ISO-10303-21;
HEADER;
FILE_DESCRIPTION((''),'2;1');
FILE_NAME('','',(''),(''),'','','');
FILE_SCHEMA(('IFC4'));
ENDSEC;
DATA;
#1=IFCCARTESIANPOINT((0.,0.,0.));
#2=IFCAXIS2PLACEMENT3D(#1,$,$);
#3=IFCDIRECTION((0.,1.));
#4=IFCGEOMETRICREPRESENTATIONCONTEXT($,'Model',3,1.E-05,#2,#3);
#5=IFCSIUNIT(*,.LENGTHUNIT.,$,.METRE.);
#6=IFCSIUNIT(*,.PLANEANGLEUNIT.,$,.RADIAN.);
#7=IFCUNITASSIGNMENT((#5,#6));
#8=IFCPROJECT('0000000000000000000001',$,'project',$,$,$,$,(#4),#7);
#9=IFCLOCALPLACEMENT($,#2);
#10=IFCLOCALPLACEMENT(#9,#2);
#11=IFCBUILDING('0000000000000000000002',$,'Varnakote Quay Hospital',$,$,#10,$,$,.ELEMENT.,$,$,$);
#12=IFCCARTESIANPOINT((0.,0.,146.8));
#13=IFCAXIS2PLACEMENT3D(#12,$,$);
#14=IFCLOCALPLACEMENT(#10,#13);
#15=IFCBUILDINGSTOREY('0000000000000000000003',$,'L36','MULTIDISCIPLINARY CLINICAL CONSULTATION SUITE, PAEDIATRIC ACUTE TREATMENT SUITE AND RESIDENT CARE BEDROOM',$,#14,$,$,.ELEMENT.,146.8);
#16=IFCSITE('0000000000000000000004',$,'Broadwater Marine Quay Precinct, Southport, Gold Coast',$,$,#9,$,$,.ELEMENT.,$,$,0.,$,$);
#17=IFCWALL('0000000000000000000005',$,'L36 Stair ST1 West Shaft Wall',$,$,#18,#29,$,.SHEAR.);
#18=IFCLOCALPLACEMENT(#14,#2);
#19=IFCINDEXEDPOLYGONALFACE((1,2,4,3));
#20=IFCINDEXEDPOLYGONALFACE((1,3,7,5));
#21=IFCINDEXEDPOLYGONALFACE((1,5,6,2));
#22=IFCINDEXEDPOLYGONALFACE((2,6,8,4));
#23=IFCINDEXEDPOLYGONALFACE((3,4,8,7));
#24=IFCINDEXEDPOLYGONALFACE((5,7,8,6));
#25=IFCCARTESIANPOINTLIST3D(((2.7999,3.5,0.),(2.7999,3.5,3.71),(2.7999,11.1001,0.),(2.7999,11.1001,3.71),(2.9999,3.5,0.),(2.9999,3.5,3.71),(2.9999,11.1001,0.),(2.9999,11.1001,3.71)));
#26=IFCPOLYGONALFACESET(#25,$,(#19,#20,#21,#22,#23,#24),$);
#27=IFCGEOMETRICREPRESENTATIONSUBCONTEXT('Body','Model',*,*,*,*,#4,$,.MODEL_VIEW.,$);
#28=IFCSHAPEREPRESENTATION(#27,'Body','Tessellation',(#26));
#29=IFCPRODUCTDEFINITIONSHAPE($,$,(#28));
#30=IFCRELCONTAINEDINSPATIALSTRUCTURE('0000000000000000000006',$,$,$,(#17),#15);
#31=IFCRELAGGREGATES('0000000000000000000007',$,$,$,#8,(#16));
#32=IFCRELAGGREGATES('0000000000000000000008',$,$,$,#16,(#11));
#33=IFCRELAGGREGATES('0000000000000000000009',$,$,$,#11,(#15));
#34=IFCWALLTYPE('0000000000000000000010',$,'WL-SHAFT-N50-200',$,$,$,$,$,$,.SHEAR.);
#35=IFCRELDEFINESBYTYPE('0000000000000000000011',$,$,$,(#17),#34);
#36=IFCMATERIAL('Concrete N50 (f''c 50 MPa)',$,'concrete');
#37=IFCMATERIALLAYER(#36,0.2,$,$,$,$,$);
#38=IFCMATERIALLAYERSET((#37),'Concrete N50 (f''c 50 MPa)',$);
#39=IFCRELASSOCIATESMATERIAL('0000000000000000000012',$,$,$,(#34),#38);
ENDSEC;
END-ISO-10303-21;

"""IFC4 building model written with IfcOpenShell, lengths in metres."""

from ifc_helpers import new_model, si_unit, direction, frame, frame_2d, origin, place, context, subcontext, project, spatial, rectangle, extrude, material, layer, layer_set, type_object, element, save


model = new_model("IFC4")

# Units and contexts
model_context = context("Model", 3, precision=1e-05, world=origin(), true_north=direction((0.0, 1.0)))
body_context = subcontext(model_context, "Body", "Model", "MODEL_VIEW")
ifc_project = project(units=[si_unit("LENGTHUNIT", "METRE"), si_unit("PLANEANGLEUNIT", "RADIAN")], contexts=[model_context])

# Site, building, storey
site_placement = place(None, origin())
site = spatial("IfcSite", under=ifc_project, at=site_placement, Name="Broadwater Marine Quay Precinct, Southport, Gold Coast", CompositionType="ELEMENT", RefElevation=0.0)
building_placement = place(site_placement, origin())
building = spatial("IfcBuilding", under=site, at=building_placement, Name="Varnakote Quay Hospital", CompositionType="ELEMENT")
storey_placement = place(building_placement, frame((0.0, 0.0, 146.8)))
storey = spatial("IfcBuildingStorey", under=building, at=storey_placement, Name="L36", Description="MULTIDISCIPLINARY CLINICAL CONSULTATION SUITE, PAEDIATRIC ACUTE TREATMENT SUITE AND RESIDENT CARE BEDROOM", CompositionType="ELEMENT", Elevation=146.8)

# Wall
ifc_material_1 = material(Name="Concrete N50 (f'c 50 MPa)", Category="concrete")
ifc_layer_1 = layer(ifc_material_1, 0.2)
ifc_layer_set_1 = layer_set([ifc_layer_1], Name="Concrete N50 (f'c 50 MPa)")
wall_type_1 = type_object("IfcWallType", Name="WL-SHAFT-N50-200", PredefinedType="SHEAR", material=ifc_layer_set_1)
wall_1_placement = place(storey_placement, frame((2.8999, 3.5, 0.0), z_axis=(0.0, 0.0, 1.0), x_axis=(0.0, 1.0, 0.0)))
element("IfcWall", 1, at=wall_1_placement, inside=storey, type_object=wall_type_1, Name="L36 Stair ST1 West Shaft Wall", PredefinedType="SHEAR", context=body_context, shape_type="SweptSolid", body=[
    extrude(rectangle(XDim=7.6001, YDim=0.2, at=frame_2d((3.8, 0.0))), origin(), (0.0, 0.0, 1.0), 3.71),
])

save(model, "model.ifc")
